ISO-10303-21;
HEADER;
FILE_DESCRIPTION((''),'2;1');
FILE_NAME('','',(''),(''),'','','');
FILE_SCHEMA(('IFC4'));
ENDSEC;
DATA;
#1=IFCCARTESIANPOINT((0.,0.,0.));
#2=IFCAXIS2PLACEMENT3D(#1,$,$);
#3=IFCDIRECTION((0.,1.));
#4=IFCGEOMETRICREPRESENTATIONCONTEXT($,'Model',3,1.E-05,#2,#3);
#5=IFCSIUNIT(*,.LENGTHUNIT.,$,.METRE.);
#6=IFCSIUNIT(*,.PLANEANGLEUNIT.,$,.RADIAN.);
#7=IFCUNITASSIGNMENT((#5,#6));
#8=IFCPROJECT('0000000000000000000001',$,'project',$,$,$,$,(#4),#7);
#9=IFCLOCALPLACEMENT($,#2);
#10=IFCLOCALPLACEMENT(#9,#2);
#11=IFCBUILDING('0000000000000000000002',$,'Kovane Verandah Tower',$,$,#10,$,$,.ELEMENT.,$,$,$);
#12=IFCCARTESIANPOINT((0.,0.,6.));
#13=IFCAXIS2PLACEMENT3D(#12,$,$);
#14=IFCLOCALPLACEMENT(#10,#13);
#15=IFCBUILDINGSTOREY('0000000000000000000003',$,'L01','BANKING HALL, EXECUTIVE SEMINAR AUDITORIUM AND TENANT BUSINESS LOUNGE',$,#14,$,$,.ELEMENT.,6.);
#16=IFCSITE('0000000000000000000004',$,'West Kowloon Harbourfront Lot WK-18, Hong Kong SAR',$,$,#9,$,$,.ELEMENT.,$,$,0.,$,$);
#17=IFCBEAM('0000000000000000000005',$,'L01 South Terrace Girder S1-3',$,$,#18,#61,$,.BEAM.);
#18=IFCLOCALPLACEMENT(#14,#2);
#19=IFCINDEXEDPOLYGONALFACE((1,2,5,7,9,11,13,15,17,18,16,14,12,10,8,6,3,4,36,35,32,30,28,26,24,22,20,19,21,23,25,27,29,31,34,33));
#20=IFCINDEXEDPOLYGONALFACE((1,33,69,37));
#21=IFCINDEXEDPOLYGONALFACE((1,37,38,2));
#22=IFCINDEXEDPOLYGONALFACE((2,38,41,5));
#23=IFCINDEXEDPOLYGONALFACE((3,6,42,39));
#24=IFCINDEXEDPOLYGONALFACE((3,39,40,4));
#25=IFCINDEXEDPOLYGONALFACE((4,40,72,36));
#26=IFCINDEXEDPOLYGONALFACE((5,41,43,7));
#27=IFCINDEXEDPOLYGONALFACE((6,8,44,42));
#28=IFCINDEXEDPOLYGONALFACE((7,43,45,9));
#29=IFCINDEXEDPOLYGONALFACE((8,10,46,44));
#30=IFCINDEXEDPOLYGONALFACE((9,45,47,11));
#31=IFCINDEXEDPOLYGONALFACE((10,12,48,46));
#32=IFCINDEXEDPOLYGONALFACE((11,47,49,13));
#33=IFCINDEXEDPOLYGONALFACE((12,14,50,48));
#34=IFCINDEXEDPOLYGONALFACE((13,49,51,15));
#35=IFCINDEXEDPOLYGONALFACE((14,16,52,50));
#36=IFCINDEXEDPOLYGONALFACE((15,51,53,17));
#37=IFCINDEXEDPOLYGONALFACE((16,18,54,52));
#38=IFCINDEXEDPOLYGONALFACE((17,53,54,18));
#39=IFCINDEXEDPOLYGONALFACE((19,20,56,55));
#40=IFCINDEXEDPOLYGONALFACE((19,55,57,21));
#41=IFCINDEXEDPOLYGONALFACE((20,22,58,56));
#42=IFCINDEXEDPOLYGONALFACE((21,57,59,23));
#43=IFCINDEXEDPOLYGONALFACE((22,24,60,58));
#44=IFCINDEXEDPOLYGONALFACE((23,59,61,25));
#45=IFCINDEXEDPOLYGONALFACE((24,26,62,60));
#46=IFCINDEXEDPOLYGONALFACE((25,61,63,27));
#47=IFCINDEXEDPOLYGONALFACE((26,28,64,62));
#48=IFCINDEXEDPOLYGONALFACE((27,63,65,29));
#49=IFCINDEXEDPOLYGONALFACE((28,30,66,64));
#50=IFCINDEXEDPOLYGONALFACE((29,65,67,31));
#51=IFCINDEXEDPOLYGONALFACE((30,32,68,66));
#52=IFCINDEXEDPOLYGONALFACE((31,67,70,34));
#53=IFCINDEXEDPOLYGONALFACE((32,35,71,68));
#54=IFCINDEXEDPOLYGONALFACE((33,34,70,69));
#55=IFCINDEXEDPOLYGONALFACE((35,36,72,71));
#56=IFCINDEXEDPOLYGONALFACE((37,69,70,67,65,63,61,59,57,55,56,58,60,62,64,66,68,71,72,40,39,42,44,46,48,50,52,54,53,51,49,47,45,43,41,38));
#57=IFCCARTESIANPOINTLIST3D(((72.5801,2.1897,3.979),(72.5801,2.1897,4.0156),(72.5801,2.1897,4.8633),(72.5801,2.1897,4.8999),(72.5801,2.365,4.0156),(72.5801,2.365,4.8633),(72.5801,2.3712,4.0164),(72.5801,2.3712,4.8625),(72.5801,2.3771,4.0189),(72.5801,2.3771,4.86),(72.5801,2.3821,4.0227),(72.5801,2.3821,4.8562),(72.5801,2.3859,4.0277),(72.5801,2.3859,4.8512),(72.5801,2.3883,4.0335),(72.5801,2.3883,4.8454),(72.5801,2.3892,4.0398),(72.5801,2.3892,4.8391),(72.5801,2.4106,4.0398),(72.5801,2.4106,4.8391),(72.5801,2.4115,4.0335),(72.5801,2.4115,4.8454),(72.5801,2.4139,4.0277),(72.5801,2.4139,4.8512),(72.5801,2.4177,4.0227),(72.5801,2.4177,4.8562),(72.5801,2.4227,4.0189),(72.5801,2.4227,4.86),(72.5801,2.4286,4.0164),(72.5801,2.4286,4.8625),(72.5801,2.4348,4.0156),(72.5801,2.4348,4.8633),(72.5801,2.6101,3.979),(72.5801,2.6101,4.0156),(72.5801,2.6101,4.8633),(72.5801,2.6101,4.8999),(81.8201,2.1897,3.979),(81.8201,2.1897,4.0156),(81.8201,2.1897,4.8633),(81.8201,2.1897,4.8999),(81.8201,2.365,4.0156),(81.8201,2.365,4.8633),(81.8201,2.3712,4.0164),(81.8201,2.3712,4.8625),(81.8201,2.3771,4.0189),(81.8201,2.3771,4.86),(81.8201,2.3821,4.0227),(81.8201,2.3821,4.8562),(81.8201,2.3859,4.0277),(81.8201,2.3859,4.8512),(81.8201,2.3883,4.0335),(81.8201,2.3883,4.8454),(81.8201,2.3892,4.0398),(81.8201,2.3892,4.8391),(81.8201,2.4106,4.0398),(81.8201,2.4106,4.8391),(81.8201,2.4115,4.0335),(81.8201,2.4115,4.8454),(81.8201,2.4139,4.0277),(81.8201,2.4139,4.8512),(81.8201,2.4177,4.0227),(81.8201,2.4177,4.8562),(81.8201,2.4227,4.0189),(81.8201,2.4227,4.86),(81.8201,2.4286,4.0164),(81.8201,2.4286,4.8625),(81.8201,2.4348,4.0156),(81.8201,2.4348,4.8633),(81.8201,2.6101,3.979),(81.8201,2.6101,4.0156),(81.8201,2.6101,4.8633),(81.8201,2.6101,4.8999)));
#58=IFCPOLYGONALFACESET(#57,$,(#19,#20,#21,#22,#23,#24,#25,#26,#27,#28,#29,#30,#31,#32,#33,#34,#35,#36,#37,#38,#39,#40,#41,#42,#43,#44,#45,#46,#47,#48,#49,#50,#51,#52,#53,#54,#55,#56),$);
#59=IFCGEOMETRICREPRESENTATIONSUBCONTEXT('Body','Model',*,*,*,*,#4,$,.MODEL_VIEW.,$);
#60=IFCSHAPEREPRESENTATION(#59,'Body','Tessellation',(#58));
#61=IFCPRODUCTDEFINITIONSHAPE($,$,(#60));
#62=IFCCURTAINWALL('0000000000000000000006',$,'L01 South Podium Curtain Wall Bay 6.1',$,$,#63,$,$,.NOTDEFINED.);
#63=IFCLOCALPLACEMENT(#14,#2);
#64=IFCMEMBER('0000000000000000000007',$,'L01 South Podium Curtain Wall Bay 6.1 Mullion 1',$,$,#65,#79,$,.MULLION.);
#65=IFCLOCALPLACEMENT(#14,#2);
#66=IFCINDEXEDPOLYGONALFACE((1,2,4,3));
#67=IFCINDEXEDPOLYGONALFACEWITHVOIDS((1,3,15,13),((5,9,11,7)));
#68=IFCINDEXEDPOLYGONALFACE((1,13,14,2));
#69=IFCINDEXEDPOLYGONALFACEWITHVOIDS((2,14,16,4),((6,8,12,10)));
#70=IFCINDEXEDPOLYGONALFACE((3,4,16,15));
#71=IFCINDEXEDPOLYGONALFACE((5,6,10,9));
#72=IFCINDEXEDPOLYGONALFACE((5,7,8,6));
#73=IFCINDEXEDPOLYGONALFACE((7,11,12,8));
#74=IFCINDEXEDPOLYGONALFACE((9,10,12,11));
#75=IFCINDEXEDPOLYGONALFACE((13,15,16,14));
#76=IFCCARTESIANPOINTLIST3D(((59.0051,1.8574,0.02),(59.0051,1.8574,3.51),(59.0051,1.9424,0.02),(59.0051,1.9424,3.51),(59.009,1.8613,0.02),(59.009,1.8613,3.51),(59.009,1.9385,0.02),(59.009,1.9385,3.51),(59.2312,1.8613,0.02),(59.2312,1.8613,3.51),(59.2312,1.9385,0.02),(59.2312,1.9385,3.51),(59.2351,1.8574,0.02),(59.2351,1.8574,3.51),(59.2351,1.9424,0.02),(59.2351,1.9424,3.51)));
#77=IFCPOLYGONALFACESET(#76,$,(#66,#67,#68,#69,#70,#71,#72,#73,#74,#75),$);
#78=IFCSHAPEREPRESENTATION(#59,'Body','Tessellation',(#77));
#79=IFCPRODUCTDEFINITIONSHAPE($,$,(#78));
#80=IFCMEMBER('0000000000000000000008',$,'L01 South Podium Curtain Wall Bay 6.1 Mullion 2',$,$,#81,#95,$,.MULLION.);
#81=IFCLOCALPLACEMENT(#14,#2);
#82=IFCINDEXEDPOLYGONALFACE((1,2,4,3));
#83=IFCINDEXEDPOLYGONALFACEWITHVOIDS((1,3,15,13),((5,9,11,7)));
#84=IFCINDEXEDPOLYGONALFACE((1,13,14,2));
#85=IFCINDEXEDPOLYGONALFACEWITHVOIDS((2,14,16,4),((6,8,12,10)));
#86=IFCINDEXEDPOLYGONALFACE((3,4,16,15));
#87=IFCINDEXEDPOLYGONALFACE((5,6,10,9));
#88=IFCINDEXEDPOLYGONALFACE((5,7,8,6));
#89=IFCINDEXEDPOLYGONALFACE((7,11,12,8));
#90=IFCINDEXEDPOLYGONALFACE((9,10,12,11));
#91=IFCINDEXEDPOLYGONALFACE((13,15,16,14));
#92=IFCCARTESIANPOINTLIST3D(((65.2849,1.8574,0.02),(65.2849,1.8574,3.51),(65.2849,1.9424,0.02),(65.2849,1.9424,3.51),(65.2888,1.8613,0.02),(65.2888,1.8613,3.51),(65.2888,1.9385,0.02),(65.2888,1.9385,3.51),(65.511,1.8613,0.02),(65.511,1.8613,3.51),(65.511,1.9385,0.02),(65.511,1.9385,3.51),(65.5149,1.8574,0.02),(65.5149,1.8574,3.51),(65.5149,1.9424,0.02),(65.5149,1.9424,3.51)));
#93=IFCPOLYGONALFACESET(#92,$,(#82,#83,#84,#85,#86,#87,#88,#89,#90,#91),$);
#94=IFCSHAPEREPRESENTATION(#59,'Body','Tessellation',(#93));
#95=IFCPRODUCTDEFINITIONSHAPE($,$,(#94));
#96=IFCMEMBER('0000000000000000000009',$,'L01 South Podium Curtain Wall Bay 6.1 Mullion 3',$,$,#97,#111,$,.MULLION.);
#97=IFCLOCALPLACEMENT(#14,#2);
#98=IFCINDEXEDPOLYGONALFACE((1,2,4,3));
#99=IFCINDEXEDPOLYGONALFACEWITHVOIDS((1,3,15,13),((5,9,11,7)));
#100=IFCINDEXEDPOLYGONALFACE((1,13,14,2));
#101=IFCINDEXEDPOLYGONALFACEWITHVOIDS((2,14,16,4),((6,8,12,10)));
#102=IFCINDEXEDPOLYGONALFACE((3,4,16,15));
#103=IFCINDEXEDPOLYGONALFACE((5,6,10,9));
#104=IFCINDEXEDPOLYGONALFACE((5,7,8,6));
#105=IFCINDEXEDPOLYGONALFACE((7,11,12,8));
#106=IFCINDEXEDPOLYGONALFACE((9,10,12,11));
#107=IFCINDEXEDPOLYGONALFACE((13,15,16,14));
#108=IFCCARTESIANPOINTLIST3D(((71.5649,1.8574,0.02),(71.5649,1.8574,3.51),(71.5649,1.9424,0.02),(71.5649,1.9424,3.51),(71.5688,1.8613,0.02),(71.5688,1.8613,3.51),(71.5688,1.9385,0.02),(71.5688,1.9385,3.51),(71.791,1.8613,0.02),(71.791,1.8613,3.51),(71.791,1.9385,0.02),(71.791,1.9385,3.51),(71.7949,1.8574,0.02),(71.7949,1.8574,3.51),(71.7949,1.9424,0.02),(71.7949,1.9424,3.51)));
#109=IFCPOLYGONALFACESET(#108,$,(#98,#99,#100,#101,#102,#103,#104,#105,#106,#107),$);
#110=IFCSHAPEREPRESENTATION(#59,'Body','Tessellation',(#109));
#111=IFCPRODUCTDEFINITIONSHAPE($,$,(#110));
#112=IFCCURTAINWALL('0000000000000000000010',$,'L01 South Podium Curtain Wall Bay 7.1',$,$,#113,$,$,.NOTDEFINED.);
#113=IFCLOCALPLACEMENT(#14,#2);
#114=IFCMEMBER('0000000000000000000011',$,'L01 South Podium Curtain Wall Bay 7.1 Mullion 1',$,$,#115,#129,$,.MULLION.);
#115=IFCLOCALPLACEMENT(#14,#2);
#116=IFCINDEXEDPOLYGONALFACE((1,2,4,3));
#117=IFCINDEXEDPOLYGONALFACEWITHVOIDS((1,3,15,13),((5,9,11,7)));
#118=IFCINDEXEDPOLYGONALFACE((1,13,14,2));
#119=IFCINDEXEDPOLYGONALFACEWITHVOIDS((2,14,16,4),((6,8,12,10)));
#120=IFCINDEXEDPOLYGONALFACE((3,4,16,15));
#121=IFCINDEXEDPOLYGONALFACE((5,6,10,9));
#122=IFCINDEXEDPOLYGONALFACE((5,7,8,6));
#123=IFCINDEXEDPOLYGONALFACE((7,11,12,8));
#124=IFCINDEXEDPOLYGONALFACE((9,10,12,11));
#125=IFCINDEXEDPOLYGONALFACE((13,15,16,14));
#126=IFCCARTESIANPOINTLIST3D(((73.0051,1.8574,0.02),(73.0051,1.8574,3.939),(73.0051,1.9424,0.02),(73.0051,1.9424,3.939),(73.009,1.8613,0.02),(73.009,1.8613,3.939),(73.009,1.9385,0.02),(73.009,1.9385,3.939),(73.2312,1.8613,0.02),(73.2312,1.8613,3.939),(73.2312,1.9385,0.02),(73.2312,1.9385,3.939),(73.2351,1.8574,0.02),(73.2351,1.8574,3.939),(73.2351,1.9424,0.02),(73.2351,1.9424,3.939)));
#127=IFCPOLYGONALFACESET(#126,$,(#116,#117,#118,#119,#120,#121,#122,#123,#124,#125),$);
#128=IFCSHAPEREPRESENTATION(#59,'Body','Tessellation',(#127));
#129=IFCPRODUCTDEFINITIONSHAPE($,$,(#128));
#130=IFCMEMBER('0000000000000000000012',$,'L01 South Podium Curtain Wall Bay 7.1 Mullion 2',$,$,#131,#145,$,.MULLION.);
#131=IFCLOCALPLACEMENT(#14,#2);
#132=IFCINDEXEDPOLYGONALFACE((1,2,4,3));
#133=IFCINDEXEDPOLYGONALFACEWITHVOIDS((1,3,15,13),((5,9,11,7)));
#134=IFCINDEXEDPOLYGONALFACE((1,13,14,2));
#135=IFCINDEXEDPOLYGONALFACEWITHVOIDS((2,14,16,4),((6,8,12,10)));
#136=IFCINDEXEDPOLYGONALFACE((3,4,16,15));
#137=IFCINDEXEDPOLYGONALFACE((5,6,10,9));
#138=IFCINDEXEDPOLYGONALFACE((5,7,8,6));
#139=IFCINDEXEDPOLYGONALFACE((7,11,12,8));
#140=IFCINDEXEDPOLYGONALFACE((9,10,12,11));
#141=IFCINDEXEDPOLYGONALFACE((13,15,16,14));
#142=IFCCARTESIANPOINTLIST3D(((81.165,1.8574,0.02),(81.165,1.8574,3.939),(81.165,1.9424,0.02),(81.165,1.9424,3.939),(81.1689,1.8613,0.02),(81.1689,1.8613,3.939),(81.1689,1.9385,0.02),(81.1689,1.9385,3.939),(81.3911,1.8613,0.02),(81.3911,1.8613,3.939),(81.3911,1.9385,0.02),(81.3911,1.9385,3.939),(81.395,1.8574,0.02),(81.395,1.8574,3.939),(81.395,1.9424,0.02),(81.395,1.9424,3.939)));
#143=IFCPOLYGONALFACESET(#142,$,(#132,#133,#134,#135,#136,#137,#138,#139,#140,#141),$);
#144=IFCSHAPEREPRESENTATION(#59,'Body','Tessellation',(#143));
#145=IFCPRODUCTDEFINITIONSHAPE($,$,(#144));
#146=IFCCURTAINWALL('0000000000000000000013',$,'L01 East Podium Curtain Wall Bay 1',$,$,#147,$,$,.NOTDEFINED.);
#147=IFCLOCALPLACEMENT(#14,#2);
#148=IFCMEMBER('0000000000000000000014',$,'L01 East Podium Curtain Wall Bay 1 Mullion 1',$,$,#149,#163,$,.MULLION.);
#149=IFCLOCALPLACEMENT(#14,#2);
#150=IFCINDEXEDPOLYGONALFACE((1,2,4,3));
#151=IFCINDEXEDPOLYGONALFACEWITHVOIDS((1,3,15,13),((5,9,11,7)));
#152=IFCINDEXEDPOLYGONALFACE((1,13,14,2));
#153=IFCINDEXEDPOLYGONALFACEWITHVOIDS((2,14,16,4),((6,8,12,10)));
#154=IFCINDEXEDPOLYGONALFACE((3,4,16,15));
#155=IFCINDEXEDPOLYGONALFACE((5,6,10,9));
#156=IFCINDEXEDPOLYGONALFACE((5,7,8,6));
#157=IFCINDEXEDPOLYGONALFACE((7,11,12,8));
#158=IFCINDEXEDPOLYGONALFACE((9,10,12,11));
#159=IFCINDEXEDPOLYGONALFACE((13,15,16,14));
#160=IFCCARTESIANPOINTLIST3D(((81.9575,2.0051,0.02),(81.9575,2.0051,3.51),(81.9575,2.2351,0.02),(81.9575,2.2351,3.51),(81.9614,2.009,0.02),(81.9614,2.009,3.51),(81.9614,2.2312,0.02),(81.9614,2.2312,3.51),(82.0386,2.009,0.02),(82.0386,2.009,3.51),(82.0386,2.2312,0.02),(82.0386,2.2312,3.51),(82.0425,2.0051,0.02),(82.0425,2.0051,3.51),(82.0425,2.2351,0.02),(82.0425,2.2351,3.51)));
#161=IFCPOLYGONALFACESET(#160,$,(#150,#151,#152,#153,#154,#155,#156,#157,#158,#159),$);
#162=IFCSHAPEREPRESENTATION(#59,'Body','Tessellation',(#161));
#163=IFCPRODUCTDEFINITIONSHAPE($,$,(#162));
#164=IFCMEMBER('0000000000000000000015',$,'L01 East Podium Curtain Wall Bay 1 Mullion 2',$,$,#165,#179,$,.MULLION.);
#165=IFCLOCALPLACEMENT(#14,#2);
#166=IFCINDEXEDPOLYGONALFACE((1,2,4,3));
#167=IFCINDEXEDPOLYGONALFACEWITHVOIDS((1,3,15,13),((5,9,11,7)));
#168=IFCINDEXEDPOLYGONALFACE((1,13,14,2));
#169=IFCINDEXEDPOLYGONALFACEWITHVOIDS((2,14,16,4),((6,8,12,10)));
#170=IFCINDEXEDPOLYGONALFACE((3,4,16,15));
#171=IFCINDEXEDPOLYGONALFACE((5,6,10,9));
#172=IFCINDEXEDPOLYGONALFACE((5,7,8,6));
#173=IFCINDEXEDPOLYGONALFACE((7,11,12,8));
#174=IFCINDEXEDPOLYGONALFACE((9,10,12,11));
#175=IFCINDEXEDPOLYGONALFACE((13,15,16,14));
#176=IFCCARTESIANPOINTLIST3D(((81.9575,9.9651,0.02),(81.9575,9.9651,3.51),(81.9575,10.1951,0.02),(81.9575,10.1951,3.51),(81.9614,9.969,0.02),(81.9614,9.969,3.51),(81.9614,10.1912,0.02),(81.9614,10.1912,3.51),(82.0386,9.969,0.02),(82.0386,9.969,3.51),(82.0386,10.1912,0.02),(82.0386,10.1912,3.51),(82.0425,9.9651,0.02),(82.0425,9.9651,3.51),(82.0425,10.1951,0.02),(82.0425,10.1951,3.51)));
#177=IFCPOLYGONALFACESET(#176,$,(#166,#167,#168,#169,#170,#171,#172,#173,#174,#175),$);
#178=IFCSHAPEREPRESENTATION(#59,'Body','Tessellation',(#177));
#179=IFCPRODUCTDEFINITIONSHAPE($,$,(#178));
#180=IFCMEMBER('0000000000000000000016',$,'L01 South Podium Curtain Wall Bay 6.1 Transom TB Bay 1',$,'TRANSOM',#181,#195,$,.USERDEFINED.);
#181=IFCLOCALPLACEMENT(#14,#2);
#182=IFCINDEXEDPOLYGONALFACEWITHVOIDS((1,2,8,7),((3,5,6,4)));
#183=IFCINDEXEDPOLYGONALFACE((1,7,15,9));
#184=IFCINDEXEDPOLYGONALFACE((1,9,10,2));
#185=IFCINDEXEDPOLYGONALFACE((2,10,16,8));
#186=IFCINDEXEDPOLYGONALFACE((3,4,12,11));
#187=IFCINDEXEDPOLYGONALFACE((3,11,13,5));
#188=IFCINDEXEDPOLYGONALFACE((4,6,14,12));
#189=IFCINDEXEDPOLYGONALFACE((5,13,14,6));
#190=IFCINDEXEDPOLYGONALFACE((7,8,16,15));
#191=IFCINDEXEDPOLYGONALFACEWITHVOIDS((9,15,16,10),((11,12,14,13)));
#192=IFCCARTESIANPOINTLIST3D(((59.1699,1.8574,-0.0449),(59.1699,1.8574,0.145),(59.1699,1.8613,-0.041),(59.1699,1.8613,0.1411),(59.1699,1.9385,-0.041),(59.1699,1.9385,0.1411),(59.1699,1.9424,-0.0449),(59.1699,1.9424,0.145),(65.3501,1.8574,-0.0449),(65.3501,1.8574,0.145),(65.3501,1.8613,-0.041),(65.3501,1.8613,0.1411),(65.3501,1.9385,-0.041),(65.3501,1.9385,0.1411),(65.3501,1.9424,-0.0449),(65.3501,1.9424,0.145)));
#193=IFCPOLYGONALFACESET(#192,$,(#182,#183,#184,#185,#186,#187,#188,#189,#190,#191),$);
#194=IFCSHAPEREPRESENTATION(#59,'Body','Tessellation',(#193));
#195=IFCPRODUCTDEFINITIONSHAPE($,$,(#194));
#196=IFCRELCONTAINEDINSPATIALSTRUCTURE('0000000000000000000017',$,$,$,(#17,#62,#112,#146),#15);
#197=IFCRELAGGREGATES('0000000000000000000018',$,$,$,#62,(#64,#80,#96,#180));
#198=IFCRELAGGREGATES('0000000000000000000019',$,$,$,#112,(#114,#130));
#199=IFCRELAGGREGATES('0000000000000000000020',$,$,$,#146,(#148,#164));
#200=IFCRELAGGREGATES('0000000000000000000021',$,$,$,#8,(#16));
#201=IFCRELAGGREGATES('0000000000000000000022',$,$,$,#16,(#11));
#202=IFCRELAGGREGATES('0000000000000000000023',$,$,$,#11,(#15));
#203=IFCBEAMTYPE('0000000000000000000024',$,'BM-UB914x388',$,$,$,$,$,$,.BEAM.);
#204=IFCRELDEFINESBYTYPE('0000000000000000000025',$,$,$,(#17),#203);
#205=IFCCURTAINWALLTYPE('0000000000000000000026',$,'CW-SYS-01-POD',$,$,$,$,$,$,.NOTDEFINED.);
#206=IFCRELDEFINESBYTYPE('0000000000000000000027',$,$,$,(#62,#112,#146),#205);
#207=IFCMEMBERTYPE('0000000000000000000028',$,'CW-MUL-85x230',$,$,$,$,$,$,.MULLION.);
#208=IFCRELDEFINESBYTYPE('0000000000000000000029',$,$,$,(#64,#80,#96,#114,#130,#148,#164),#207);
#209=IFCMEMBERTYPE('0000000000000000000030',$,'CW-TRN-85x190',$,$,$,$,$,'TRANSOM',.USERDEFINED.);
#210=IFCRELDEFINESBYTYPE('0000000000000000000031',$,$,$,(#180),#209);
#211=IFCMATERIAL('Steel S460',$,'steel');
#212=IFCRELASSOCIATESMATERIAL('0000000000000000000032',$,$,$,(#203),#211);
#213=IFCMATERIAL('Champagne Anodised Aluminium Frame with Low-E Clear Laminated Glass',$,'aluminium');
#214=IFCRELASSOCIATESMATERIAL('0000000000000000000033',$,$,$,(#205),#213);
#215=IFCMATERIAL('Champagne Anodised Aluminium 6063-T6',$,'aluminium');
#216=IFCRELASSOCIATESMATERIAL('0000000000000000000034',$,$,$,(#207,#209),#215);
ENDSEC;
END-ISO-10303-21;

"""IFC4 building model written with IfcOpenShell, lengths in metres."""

from ifc_helpers import new_model, si_unit, direction, frame, origin, origin_2d, place, context, subcontext, project, spatial, hollow_rectangle, i_section, extrude, material, material_profile, profile_set, type_object, element, aggregate, save


model = new_model("IFC4")

# Units and contexts
model_context = context("Model", 3, precision=1e-05, world=origin(), true_north=direction((0.0, 1.0)))
body_context = subcontext(model_context, "Body", "Model", "MODEL_VIEW")
ifc_project = project(units=[si_unit("LENGTHUNIT", "METRE"), si_unit("PLANEANGLEUNIT", "RADIAN")], contexts=[model_context])

# Site, building, storey
site_placement = place(None, origin())
site = spatial("IfcSite", under=ifc_project, at=site_placement, Name="West Kowloon Harbourfront Lot WK-18, Hong Kong SAR", CompositionType="ELEMENT", RefElevation=0.0)
building_placement = place(site_placement, origin())
building = spatial("IfcBuilding", under=site, at=building_placement, Name="Kovane Verandah Tower", CompositionType="ELEMENT")
storey_placement = place(building_placement, frame((0.0, 0.0, 6.0)))
storey = spatial("IfcBuildingStorey", under=building, at=storey_placement, Name="L01", Description="BANKING HALL, EXECUTIVE SEMINAR AUDITORIUM AND TENANT BUSINESS LOUNGE", CompositionType="ELEMENT", Elevation=6.0)

# Shared definitions
ifc_material_1 = material(Name="Steel S460", Category="steel")

# Beam
ifc_material_profile_1 = material_profile(ifc_material_1, i_section(OverallWidth=0.4204, OverallDepth=0.9209, WebThickness=0.0215, FlangeThickness=0.0366, FilletRadius=0.0242, at=origin_2d()), Name="UB914x419x388")
ifc_profile_set_1 = profile_set([ifc_material_profile_1], Name="Steel S460")
beam_type = type_object("IfcBeamType", Name="BM-UB914x388", PredefinedType="BEAM", material=ifc_profile_set_1)
beam_1_placement = place(storey_placement, frame((72.5801, 2.3999, 4.4395), z_axis=(1.0, 0.0, 0.0), x_axis=(0.0, 1.0, 0.0)))
element("IfcBeam", 1, at=beam_1_placement, inside=storey, type_object=beam_type, Name="L01 South Terrace Girder S1-3", PredefinedType="BEAM", context=body_context, shape_type="SweptSolid", body=[
    extrude(i_section(OverallWidth=0.4204, OverallDepth=0.9209, WebThickness=0.0215, FlangeThickness=0.0366, FilletRadius=0.0242, at=origin_2d()), origin(), (0.0, 0.0, 1.0), 9.24),
])

# Curtain walls, members
ifc_material_2 = material(Name="Champagne Anodised Aluminium Frame with Low-E Clear Laminated Glass", Category="aluminium")
curtain_wall_type = type_object("IfcCurtainWallType", Name="CW-SYS-01-POD", PredefinedType="NOTDEFINED", material=ifc_material_2)
curtain_wall_1_placement = place(storey_placement, origin())
curtain_wall_1 = element("IfcCurtainWall", 2, at=curtain_wall_1_placement, inside=storey, type_object=curtain_wall_type, Name="L01 South Podium Curtain Wall Bay 6.1", PredefinedType="NOTDEFINED")
ifc_material_3 = material(Name="Champagne Anodised Aluminium 6063-T6", Category="aluminium")
ifc_material_profile_2 = material_profile(ifc_material_3, hollow_rectangle(XDim=0.085, YDim=0.23, WallThickness=0.0039, at=origin_2d()), Name="AL85x230x4")
ifc_profile_set_2 = profile_set([ifc_material_profile_2], Name="Champagne Anodised Aluminium 6063-T6")
member_type_1 = type_object("IfcMemberType", Name="CW-MUL-85x230", PredefinedType="MULLION", material=ifc_profile_set_2)
member_1_placement = place(storey_placement, frame((59.1201, 1.8999, 0.02), z_axis=(0.0, 0.0, 1.0), x_axis=(0.0, -1.0, 0.0)))
member_1 = element("IfcMember", 3, at=member_1_placement, type_object=member_type_1, Name="L01 South Podium Curtain Wall Bay 6.1 Mullion 1", PredefinedType="MULLION", context=body_context, shape_type="SweptSolid", body=[
    extrude(hollow_rectangle(XDim=0.085, YDim=0.23, WallThickness=0.0039, at=origin_2d()), origin(), (0.0, 0.0, 1.0), 3.49),
])
member_2_placement = place(storey_placement, frame((65.3999, 1.8999, 0.02), z_axis=(0.0, 0.0, 1.0), x_axis=(0.0, -1.0, 0.0)))
member_2 = element("IfcMember", 4, at=member_2_placement, type_object=member_type_1, Name="L01 South Podium Curtain Wall Bay 6.1 Mullion 2", PredefinedType="MULLION", context=body_context, shape_type="SweptSolid", body=[
    extrude(hollow_rectangle(XDim=0.085, YDim=0.23, WallThickness=0.0039, at=origin_2d()), origin(), (0.0, 0.0, 1.0), 3.49),
])
member_3_placement = place(storey_placement, frame((71.6799, 1.8999, 0.02), z_axis=(0.0, 0.0, 1.0), x_axis=(0.0, -1.0, 0.0)))
member_3 = element("IfcMember", 5, at=member_3_placement, type_object=member_type_1, Name="L01 South Podium Curtain Wall Bay 6.1 Mullion 3", PredefinedType="MULLION", context=body_context, shape_type="SweptSolid", body=[
    extrude(hollow_rectangle(XDim=0.085, YDim=0.23, WallThickness=0.0039, at=origin_2d()), origin(), (0.0, 0.0, 1.0), 3.49),
])
curtain_wall_2_placement = place(storey_placement, origin())
curtain_wall_2 = element("IfcCurtainWall", 6, at=curtain_wall_2_placement, inside=storey, type_object=curtain_wall_type, Name="L01 South Podium Curtain Wall Bay 7.1", PredefinedType="NOTDEFINED")
member_4_placement = place(storey_placement, frame((73.1201, 1.8999, 0.02), z_axis=(0.0, 0.0, 1.0), x_axis=(0.0, -1.0, 0.0)))
member_4 = element("IfcMember", 7, at=member_4_placement, type_object=member_type_1, Name="L01 South Podium Curtain Wall Bay 7.1 Mullion 1", PredefinedType="MULLION", context=body_context, shape_type="SweptSolid", body=[
    extrude(hollow_rectangle(XDim=0.085, YDim=0.23, WallThickness=0.0039, at=origin_2d()), origin(), (0.0, 0.0, 1.0), 3.9189),
])
member_5_placement = place(storey_placement, frame((81.28, 1.8999, 0.02), z_axis=(0.0, 0.0, 1.0), x_axis=(0.0, -1.0, 0.0)))
member_5 = element("IfcMember", 8, at=member_5_placement, type_object=member_type_1, Name="L01 South Podium Curtain Wall Bay 7.1 Mullion 2", PredefinedType="MULLION", context=body_context, shape_type="SweptSolid", body=[
    extrude(hollow_rectangle(XDim=0.085, YDim=0.23, WallThickness=0.0039, at=origin_2d()), origin(), (0.0, 0.0, 1.0), 3.9189),
])
curtain_wall_3_placement = place(storey_placement, origin())
curtain_wall_3 = element("IfcCurtainWall", 9, at=curtain_wall_3_placement, inside=storey, type_object=curtain_wall_type, Name="L01 East Podium Curtain Wall Bay 1", PredefinedType="NOTDEFINED")
member_6_placement = place(storey_placement, frame((82.0, 2.1201, 0.02), z_axis=(0.0, 0.0, 1.0), x_axis=(1.0, 0.0, 0.0)))
member_6 = element("IfcMember", 10, at=member_6_placement, type_object=member_type_1, Name="L01 East Podium Curtain Wall Bay 1 Mullion 1", PredefinedType="MULLION", context=body_context, shape_type="SweptSolid", body=[
    extrude(hollow_rectangle(XDim=0.085, YDim=0.23, WallThickness=0.0039, at=origin_2d()), origin(), (0.0, 0.0, 1.0), 3.49),
])
member_7_placement = place(storey_placement, frame((82.0, 10.0801, 0.02), z_axis=(0.0, 0.0, 1.0), x_axis=(1.0, 0.0, 0.0)))
member_7 = element("IfcMember", 11, at=member_7_placement, type_object=member_type_1, Name="L01 East Podium Curtain Wall Bay 1 Mullion 2", PredefinedType="MULLION", context=body_context, shape_type="SweptSolid", body=[
    extrude(hollow_rectangle(XDim=0.085, YDim=0.23, WallThickness=0.0039, at=origin_2d()), origin(), (0.0, 0.0, 1.0), 3.49),
])

# Member
ifc_material_profile_3 = material_profile(ifc_material_3, hollow_rectangle(XDim=0.085, YDim=0.1899, WallThickness=0.0039, at=origin_2d()), Name="AL85x190x4")
ifc_profile_set_3 = profile_set([ifc_material_profile_3], Name="Champagne Anodised Aluminium 6063-T6")
member_type_2 = type_object("IfcMemberType", Name="CW-TRN-85x190", ElementType="TRANSOM", PredefinedType="USERDEFINED", material=ifc_profile_set_3)
member_8_placement = place(storey_placement, frame((59.1699, 1.8999, 0.05), z_axis=(1.0, 0.0, 0.0), x_axis=(0.0, 1.0, 0.0)))
member_8 = element("IfcMember", 12, at=member_8_placement, type_object=member_type_2, Name="L01 South Podium Curtain Wall Bay 6.1 Transom TB Bay 1", ObjectType="TRANSOM", PredefinedType="USERDEFINED", context=body_context, shape_type="SweptSolid", body=[
    extrude(hollow_rectangle(XDim=0.085, YDim=0.1899, WallThickness=0.0039, at=origin_2d()), origin(), (0.0, 0.0, 1.0), 6.1802),
])

aggregate(curtain_wall_1, [member_1, member_2, member_3, member_8])
aggregate(curtain_wall_2, [member_4, member_5])
aggregate(curtain_wall_3, [member_6, member_7])

save(model, "model.ifc")
